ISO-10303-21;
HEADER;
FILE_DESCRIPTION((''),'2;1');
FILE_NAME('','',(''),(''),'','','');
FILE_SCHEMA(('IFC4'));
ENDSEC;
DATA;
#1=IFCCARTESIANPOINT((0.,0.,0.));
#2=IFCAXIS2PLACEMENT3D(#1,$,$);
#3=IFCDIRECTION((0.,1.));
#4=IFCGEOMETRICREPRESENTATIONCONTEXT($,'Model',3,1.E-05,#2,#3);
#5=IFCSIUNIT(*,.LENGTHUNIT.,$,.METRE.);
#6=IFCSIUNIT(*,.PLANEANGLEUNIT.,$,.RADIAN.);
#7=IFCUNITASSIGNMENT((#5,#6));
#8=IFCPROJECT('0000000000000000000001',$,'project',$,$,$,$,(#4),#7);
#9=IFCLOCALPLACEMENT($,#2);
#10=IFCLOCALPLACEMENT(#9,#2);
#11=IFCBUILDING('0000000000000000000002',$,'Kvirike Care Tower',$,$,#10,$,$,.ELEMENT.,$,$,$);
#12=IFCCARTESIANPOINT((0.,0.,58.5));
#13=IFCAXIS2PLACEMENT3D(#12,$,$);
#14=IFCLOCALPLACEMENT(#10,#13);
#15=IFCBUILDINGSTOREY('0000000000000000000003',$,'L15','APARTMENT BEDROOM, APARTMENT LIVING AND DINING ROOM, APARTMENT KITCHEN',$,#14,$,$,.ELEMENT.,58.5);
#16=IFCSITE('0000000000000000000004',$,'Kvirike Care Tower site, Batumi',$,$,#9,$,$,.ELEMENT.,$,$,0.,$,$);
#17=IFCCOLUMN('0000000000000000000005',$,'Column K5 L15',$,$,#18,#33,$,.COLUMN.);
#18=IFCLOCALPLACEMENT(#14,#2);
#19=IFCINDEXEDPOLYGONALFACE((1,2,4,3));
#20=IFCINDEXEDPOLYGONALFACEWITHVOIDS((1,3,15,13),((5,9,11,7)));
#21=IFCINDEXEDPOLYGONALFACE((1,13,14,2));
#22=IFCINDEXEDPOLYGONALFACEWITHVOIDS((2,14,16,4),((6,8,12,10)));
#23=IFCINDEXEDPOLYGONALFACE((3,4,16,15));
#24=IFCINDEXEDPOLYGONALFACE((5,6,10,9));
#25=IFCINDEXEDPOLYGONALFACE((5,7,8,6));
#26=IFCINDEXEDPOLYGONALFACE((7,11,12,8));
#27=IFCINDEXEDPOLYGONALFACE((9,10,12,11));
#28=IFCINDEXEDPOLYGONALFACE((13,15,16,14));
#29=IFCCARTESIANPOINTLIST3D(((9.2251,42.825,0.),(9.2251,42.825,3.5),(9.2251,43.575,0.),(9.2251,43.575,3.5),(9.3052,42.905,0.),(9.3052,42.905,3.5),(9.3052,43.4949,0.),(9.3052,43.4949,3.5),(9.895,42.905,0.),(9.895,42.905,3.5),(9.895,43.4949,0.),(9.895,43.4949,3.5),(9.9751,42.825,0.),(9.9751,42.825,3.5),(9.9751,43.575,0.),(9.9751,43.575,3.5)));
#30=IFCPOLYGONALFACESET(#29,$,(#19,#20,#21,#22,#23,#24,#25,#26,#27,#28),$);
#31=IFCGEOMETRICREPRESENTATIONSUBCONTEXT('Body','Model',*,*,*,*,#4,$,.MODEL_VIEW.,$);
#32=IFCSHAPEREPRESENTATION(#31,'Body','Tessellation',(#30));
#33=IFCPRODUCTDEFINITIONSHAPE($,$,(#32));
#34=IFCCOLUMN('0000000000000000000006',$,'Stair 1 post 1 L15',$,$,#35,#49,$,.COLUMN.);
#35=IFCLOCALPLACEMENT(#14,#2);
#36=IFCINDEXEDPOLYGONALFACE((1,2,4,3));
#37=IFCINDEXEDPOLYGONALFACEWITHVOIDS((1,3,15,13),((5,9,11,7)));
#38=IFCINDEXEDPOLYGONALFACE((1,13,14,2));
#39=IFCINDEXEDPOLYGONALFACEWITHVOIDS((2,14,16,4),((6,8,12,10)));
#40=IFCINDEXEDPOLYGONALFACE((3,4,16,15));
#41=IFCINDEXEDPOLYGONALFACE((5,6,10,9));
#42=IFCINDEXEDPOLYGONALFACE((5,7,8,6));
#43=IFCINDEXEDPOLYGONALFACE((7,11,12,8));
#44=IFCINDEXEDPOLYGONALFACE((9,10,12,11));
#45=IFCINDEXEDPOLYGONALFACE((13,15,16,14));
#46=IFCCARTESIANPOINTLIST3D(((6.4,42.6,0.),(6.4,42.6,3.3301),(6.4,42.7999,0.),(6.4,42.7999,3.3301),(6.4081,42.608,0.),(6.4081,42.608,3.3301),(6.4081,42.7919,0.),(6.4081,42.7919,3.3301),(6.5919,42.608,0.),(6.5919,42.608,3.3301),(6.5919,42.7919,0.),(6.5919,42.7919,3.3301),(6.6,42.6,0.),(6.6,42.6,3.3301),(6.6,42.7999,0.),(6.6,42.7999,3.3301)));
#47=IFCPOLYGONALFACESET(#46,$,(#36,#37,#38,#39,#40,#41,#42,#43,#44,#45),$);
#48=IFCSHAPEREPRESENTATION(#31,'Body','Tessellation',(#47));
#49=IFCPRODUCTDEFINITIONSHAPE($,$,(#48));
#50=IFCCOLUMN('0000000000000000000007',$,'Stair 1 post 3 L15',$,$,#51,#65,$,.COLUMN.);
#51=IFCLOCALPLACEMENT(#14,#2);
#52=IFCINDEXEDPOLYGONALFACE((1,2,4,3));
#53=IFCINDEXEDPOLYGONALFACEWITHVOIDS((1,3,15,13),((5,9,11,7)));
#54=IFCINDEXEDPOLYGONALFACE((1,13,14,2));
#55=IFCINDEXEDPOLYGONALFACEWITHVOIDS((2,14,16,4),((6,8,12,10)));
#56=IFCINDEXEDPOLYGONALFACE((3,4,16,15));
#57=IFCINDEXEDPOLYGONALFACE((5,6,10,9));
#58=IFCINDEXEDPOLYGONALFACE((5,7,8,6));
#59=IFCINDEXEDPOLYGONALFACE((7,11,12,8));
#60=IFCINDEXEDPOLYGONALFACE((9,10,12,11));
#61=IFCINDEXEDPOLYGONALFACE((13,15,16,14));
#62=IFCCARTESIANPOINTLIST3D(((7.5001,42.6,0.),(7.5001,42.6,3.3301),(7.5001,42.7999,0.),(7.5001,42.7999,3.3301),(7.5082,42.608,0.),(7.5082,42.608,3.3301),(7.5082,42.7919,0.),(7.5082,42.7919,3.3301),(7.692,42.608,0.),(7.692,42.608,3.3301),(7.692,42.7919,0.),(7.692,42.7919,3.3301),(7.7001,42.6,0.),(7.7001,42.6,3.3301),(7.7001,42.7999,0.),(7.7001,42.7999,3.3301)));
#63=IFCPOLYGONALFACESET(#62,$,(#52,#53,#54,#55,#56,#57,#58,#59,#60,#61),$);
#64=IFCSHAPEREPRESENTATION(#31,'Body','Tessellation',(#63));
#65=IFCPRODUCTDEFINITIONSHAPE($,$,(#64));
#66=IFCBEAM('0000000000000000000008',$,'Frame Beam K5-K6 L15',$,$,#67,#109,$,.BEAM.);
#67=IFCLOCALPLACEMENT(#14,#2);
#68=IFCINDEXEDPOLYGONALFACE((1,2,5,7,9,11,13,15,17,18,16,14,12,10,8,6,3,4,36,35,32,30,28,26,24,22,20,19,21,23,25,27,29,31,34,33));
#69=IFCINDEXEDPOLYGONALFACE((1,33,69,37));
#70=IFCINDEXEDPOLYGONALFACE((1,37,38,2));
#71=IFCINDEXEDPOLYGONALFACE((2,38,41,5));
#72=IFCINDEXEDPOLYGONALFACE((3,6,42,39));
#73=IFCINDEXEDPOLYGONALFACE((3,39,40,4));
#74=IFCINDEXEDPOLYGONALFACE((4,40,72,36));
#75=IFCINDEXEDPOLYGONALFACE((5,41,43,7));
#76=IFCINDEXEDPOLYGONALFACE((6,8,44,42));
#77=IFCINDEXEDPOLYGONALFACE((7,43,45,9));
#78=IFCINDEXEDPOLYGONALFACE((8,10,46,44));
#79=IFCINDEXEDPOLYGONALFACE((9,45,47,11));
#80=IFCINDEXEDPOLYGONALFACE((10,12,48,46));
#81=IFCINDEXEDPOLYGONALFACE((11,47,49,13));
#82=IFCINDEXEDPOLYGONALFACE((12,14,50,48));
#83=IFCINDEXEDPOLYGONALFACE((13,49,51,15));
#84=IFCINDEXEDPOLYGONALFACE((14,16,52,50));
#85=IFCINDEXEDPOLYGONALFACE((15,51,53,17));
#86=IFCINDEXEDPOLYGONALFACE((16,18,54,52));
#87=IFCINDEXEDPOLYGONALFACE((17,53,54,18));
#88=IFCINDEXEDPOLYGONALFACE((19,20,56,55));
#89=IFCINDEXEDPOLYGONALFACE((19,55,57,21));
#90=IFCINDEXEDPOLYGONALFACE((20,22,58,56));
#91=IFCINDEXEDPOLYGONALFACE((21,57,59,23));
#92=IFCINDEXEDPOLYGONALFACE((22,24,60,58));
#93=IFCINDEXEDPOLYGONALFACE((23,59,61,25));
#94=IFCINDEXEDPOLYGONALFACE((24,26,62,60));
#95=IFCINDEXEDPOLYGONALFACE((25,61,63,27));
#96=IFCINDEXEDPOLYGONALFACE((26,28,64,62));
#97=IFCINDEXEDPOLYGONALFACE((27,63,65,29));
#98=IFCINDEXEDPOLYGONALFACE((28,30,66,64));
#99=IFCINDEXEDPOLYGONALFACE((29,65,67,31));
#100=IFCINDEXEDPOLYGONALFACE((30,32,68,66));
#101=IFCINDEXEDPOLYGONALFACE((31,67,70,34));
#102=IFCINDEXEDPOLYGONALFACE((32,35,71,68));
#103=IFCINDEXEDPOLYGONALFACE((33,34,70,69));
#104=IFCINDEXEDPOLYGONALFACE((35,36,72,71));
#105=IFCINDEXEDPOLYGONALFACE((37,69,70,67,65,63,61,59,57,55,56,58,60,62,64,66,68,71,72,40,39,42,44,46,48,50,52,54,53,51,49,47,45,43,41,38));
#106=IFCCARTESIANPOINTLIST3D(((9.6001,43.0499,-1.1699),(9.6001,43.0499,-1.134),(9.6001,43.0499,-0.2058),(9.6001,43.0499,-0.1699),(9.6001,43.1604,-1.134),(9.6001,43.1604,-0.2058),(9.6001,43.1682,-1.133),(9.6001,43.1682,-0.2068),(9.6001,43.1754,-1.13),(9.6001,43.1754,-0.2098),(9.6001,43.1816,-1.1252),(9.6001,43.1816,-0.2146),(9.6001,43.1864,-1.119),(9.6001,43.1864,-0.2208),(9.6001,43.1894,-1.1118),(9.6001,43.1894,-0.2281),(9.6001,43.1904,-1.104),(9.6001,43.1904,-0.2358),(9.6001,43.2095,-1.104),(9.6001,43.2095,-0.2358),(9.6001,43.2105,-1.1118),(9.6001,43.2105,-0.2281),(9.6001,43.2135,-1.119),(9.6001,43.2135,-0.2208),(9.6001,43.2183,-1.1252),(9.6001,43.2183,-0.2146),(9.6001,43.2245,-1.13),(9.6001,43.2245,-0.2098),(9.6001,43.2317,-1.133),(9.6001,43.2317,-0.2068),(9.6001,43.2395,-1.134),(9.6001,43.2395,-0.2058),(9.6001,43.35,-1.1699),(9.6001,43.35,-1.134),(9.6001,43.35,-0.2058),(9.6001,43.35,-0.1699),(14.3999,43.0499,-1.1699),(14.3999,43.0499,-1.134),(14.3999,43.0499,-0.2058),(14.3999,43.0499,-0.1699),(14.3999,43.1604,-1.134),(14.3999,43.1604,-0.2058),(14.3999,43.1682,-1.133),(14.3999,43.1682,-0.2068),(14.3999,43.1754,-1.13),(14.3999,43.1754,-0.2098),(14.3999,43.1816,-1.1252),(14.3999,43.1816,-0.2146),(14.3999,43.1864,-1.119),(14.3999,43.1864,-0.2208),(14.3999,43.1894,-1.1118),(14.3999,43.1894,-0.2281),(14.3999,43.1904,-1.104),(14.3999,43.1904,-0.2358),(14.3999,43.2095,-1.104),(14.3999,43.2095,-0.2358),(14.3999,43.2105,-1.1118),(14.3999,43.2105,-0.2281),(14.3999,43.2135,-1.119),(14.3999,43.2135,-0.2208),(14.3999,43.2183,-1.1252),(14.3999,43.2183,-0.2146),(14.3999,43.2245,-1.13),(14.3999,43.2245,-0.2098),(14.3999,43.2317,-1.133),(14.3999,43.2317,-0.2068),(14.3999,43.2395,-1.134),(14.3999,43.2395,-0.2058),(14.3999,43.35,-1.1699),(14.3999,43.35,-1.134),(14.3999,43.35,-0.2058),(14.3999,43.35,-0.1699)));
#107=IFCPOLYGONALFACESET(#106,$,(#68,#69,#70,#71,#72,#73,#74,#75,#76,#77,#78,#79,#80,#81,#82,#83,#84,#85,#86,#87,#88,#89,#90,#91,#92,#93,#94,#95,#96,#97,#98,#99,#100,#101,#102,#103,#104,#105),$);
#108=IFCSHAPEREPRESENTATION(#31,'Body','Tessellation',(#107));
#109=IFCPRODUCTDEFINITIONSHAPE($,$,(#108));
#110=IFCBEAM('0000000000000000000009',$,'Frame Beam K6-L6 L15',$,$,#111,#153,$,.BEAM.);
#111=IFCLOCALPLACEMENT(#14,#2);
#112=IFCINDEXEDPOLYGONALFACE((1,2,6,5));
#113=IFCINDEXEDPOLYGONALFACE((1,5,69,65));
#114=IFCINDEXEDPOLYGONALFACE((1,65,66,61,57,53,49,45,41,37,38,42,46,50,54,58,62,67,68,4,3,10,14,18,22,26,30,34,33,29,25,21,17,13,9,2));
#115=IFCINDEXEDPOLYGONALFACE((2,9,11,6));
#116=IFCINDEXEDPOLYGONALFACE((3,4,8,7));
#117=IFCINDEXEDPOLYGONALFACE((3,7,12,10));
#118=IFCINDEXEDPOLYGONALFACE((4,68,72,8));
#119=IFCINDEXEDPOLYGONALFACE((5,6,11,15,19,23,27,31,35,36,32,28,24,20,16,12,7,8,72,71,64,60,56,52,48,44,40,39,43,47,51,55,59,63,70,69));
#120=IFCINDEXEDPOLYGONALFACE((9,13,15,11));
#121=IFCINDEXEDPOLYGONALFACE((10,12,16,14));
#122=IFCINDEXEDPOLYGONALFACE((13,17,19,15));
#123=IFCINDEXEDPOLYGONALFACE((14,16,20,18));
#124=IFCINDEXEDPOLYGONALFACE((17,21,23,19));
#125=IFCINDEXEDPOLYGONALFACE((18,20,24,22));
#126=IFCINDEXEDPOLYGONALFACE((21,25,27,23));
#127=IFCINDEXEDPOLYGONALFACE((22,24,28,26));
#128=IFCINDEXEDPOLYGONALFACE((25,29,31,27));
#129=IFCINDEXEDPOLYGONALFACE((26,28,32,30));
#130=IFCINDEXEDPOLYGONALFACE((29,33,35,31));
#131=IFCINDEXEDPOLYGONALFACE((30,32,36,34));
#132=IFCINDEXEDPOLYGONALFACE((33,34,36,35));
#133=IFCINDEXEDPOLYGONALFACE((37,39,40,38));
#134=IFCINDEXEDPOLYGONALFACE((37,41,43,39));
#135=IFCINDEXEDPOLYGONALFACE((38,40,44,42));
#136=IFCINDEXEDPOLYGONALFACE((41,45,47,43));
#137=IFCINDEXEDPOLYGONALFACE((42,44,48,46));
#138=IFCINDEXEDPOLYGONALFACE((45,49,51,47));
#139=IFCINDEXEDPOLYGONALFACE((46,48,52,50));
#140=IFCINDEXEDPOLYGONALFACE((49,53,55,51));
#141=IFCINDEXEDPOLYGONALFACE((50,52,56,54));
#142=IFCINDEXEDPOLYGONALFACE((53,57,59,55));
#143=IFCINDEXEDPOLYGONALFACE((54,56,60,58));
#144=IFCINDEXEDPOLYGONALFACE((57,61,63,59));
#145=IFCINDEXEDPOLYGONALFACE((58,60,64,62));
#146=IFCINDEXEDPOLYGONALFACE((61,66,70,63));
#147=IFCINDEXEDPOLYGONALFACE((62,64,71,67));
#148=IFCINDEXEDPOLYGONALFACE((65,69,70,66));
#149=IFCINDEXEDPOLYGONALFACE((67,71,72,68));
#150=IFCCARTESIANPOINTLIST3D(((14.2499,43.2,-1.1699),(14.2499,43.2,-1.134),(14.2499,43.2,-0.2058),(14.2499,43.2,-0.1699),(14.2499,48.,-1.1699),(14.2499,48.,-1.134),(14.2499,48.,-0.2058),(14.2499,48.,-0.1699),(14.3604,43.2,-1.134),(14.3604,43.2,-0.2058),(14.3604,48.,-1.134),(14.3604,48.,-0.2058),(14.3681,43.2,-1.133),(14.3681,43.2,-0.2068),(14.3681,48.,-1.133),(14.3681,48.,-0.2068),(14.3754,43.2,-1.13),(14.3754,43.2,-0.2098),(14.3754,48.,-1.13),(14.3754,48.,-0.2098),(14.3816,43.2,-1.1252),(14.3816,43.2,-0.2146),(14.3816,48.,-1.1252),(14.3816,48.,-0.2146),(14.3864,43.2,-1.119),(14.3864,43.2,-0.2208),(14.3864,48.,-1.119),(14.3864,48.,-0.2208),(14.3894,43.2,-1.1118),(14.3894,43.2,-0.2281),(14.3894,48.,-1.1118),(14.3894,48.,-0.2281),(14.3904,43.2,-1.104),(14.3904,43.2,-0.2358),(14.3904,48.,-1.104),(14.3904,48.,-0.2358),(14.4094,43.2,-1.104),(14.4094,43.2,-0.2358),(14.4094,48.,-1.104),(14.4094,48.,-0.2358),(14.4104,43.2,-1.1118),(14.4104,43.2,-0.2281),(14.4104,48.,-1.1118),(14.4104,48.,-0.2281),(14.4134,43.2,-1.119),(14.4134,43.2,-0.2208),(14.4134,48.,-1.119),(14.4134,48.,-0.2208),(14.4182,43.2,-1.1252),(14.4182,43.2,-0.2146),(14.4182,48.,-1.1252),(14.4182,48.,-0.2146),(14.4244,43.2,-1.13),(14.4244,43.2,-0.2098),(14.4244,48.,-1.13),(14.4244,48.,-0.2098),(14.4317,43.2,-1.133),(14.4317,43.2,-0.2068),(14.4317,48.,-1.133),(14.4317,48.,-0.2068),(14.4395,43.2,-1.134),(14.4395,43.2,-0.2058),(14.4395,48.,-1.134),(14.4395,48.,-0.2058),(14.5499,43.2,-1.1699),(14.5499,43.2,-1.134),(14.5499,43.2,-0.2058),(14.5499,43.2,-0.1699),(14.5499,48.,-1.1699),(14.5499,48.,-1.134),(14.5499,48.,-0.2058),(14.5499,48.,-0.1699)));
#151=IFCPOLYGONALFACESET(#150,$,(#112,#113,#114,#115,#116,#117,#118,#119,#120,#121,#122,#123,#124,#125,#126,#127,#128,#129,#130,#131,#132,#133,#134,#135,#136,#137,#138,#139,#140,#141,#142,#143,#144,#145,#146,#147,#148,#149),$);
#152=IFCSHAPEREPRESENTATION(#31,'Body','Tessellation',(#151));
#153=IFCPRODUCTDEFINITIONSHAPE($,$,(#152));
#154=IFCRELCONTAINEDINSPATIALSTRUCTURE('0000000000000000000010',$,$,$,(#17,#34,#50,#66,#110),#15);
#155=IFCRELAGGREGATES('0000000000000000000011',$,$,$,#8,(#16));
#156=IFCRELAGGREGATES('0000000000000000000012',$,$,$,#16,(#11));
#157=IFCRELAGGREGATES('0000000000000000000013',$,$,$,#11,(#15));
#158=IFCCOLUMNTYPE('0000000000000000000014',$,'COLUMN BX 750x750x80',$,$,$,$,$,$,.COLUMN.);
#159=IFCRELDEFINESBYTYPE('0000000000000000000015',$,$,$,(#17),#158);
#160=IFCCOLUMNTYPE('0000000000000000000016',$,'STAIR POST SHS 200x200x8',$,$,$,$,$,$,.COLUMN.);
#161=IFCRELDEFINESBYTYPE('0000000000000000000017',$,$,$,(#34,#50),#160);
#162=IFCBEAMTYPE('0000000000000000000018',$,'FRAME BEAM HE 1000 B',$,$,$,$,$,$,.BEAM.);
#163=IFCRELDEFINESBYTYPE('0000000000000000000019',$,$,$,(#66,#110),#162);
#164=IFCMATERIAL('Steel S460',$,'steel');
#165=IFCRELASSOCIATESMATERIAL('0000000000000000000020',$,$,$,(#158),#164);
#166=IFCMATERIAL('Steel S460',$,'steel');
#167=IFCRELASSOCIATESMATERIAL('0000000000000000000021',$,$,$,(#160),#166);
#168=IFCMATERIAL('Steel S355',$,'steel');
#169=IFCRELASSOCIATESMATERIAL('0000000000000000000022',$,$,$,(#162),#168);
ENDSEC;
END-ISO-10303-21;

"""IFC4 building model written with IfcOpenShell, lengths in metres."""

from ifc_helpers import new_model, si_unit, direction, frame, origin, origin_2d, place, context, subcontext, project, spatial, hollow_rectangle, i_section, extrude, material, material_profile, profile_set, type_object, element, save


model = new_model("IFC4")

# Units and contexts
model_context = context("Model", 3, precision=1e-05, world=origin(), true_north=direction((0.0, 1.0)))
body_context = subcontext(model_context, "Body", "Model", "MODEL_VIEW")
ifc_project = project(units=[si_unit("LENGTHUNIT", "METRE"), si_unit("PLANEANGLEUNIT", "RADIAN")], contexts=[model_context])

# Site, building, storey
site_placement = place(None, origin())
site = spatial("IfcSite", under=ifc_project, at=site_placement, Name="Kvirike Care Tower site, Batumi", CompositionType="ELEMENT", RefElevation=0.0)
building_placement = place(site_placement, origin())
building = spatial("IfcBuilding", under=site, at=building_placement, Name="Kvirike Care Tower", CompositionType="ELEMENT")
storey_placement = place(building_placement, frame((0.0, 0.0, 58.5)))
storey = spatial("IfcBuildingStorey", under=building, at=storey_placement, Name="L15", Description="APARTMENT BEDROOM, APARTMENT LIVING AND DINING ROOM, APARTMENT KITCHEN", CompositionType="ELEMENT", Elevation=58.5)

# Columns
ifc_material_1 = material(Name="Steel S460", Category="steel")
ifc_material_profile_1 = material_profile(ifc_material_1, hollow_rectangle(XDim=0.75, YDim=0.75, WallThickness=0.0801, at=origin_2d()), Name="BX 750x750x80")
ifc_profile_set_1 = profile_set([ifc_material_profile_1], Name="Steel S460")
column_type_1 = type_object("IfcColumnType", Name="COLUMN BX 750x750x80", PredefinedType="COLUMN", material=ifc_profile_set_1)
column_placement = place(storey_placement, frame((9.6001, 43.2, 0.0), z_axis=(0.0, 0.0, 1.0), x_axis=(0.0, 1.0, 0.0)))
element("IfcColumn", 1, at=column_placement, inside=storey, type_object=column_type_1, Name="Column K5 L15", PredefinedType="COLUMN", context=body_context, shape_type="SweptSolid", body=[
    extrude(hollow_rectangle(XDim=0.75, YDim=0.75, WallThickness=0.0801, at=origin_2d()), origin(), (0.0, 0.0, 1.0), 3.5),
])
ifc_material_2 = material(Name="Steel S460", Category="steel")
ifc_material_profile_2 = material_profile(ifc_material_2, hollow_rectangle(XDim=0.2, YDim=0.2, WallThickness=0.0081, at=origin_2d()), Name="SHS 200x200x8")
ifc_profile_set_2 = profile_set([ifc_material_profile_2], Name="Steel S460")
column_type_2 = type_object("IfcColumnType", Name="STAIR POST SHS 200x200x8", PredefinedType="COLUMN", material=ifc_profile_set_2)
for number, where, z_axis, x_axis, name in (
    (2, (6.5, 42.7, 0.0), (0.0, 0.0, 1.0), (1.0, 0.0, 0.0), "Stair 1 post 1 L15"),
    (3, (7.6001, 42.7, 0.0), (0.0, 0.0, 1.0), (1.0, 0.0, 0.0), "Stair 1 post 3 L15"),
):
    element("IfcColumn", number, at=place(storey_placement, frame(where, z_axis=z_axis, x_axis=x_axis)), inside=storey, type_object=column_type_2, Name=name, PredefinedType="COLUMN", context=body_context, shape_type="SweptSolid", body=[
        extrude(hollow_rectangle(XDim=0.2, YDim=0.2, WallThickness=0.0081, at=origin_2d()), origin(), (0.0, 0.0, 1.0), 3.3301),
    ])

# Beams
ifc_material_3 = material(Name="Steel S355", Category="steel")
ifc_material_profile_3 = material_profile(ifc_material_3, i_section(OverallWidth=0.3, OverallDepth=1.0, WebThickness=0.019, FlangeThickness=0.0359, FilletRadius=0.03, at=origin_2d()), Name="HE 1000 B")
ifc_profile_set_3 = profile_set([ifc_material_profile_3], Name="Steel S355")
beam_type_1 = type_object("IfcBeamType", Name="FRAME BEAM HE 1000 B", PredefinedType="BEAM", material=ifc_profile_set_3)
beam_1_placement = place(storey_placement, frame((9.6001, 43.2, -0.6699), z_axis=(1.0, 0.0, 0.0), x_axis=(0.0, 1.0, 0.0)))
element("IfcBeam", 4, at=beam_1_placement, inside=storey, type_object=beam_type_1, Name="Frame Beam K5-K6 L15", PredefinedType="BEAM", context=body_context, shape_type="SweptSolid", body=[
    extrude(i_section(OverallWidth=0.3, OverallDepth=1.0, WebThickness=0.019, FlangeThickness=0.0359, FilletRadius=0.03, at=origin_2d()), origin(), (0.0, 0.0, 1.0), 4.7998),
])
beam_2_placement = place(storey_placement, frame((14.3999, 43.2, -0.6699), z_axis=(0.0, 1.0, 0.0), x_axis=(-1.0, 0.0, 0.0)))
element("IfcBeam", 5, at=beam_2_placement, inside=storey, type_object=beam_type_1, Name="Frame Beam K6-L6 L15", PredefinedType="BEAM", context=body_context, shape_type="SweptSolid", body=[
    extrude(i_section(OverallWidth=0.3, OverallDepth=1.0, WebThickness=0.019, FlangeThickness=0.0359, FilletRadius=0.03, at=origin_2d()), origin(), (0.0, 0.0, 1.0), 4.8),
])

save(model, "model.ifc")
